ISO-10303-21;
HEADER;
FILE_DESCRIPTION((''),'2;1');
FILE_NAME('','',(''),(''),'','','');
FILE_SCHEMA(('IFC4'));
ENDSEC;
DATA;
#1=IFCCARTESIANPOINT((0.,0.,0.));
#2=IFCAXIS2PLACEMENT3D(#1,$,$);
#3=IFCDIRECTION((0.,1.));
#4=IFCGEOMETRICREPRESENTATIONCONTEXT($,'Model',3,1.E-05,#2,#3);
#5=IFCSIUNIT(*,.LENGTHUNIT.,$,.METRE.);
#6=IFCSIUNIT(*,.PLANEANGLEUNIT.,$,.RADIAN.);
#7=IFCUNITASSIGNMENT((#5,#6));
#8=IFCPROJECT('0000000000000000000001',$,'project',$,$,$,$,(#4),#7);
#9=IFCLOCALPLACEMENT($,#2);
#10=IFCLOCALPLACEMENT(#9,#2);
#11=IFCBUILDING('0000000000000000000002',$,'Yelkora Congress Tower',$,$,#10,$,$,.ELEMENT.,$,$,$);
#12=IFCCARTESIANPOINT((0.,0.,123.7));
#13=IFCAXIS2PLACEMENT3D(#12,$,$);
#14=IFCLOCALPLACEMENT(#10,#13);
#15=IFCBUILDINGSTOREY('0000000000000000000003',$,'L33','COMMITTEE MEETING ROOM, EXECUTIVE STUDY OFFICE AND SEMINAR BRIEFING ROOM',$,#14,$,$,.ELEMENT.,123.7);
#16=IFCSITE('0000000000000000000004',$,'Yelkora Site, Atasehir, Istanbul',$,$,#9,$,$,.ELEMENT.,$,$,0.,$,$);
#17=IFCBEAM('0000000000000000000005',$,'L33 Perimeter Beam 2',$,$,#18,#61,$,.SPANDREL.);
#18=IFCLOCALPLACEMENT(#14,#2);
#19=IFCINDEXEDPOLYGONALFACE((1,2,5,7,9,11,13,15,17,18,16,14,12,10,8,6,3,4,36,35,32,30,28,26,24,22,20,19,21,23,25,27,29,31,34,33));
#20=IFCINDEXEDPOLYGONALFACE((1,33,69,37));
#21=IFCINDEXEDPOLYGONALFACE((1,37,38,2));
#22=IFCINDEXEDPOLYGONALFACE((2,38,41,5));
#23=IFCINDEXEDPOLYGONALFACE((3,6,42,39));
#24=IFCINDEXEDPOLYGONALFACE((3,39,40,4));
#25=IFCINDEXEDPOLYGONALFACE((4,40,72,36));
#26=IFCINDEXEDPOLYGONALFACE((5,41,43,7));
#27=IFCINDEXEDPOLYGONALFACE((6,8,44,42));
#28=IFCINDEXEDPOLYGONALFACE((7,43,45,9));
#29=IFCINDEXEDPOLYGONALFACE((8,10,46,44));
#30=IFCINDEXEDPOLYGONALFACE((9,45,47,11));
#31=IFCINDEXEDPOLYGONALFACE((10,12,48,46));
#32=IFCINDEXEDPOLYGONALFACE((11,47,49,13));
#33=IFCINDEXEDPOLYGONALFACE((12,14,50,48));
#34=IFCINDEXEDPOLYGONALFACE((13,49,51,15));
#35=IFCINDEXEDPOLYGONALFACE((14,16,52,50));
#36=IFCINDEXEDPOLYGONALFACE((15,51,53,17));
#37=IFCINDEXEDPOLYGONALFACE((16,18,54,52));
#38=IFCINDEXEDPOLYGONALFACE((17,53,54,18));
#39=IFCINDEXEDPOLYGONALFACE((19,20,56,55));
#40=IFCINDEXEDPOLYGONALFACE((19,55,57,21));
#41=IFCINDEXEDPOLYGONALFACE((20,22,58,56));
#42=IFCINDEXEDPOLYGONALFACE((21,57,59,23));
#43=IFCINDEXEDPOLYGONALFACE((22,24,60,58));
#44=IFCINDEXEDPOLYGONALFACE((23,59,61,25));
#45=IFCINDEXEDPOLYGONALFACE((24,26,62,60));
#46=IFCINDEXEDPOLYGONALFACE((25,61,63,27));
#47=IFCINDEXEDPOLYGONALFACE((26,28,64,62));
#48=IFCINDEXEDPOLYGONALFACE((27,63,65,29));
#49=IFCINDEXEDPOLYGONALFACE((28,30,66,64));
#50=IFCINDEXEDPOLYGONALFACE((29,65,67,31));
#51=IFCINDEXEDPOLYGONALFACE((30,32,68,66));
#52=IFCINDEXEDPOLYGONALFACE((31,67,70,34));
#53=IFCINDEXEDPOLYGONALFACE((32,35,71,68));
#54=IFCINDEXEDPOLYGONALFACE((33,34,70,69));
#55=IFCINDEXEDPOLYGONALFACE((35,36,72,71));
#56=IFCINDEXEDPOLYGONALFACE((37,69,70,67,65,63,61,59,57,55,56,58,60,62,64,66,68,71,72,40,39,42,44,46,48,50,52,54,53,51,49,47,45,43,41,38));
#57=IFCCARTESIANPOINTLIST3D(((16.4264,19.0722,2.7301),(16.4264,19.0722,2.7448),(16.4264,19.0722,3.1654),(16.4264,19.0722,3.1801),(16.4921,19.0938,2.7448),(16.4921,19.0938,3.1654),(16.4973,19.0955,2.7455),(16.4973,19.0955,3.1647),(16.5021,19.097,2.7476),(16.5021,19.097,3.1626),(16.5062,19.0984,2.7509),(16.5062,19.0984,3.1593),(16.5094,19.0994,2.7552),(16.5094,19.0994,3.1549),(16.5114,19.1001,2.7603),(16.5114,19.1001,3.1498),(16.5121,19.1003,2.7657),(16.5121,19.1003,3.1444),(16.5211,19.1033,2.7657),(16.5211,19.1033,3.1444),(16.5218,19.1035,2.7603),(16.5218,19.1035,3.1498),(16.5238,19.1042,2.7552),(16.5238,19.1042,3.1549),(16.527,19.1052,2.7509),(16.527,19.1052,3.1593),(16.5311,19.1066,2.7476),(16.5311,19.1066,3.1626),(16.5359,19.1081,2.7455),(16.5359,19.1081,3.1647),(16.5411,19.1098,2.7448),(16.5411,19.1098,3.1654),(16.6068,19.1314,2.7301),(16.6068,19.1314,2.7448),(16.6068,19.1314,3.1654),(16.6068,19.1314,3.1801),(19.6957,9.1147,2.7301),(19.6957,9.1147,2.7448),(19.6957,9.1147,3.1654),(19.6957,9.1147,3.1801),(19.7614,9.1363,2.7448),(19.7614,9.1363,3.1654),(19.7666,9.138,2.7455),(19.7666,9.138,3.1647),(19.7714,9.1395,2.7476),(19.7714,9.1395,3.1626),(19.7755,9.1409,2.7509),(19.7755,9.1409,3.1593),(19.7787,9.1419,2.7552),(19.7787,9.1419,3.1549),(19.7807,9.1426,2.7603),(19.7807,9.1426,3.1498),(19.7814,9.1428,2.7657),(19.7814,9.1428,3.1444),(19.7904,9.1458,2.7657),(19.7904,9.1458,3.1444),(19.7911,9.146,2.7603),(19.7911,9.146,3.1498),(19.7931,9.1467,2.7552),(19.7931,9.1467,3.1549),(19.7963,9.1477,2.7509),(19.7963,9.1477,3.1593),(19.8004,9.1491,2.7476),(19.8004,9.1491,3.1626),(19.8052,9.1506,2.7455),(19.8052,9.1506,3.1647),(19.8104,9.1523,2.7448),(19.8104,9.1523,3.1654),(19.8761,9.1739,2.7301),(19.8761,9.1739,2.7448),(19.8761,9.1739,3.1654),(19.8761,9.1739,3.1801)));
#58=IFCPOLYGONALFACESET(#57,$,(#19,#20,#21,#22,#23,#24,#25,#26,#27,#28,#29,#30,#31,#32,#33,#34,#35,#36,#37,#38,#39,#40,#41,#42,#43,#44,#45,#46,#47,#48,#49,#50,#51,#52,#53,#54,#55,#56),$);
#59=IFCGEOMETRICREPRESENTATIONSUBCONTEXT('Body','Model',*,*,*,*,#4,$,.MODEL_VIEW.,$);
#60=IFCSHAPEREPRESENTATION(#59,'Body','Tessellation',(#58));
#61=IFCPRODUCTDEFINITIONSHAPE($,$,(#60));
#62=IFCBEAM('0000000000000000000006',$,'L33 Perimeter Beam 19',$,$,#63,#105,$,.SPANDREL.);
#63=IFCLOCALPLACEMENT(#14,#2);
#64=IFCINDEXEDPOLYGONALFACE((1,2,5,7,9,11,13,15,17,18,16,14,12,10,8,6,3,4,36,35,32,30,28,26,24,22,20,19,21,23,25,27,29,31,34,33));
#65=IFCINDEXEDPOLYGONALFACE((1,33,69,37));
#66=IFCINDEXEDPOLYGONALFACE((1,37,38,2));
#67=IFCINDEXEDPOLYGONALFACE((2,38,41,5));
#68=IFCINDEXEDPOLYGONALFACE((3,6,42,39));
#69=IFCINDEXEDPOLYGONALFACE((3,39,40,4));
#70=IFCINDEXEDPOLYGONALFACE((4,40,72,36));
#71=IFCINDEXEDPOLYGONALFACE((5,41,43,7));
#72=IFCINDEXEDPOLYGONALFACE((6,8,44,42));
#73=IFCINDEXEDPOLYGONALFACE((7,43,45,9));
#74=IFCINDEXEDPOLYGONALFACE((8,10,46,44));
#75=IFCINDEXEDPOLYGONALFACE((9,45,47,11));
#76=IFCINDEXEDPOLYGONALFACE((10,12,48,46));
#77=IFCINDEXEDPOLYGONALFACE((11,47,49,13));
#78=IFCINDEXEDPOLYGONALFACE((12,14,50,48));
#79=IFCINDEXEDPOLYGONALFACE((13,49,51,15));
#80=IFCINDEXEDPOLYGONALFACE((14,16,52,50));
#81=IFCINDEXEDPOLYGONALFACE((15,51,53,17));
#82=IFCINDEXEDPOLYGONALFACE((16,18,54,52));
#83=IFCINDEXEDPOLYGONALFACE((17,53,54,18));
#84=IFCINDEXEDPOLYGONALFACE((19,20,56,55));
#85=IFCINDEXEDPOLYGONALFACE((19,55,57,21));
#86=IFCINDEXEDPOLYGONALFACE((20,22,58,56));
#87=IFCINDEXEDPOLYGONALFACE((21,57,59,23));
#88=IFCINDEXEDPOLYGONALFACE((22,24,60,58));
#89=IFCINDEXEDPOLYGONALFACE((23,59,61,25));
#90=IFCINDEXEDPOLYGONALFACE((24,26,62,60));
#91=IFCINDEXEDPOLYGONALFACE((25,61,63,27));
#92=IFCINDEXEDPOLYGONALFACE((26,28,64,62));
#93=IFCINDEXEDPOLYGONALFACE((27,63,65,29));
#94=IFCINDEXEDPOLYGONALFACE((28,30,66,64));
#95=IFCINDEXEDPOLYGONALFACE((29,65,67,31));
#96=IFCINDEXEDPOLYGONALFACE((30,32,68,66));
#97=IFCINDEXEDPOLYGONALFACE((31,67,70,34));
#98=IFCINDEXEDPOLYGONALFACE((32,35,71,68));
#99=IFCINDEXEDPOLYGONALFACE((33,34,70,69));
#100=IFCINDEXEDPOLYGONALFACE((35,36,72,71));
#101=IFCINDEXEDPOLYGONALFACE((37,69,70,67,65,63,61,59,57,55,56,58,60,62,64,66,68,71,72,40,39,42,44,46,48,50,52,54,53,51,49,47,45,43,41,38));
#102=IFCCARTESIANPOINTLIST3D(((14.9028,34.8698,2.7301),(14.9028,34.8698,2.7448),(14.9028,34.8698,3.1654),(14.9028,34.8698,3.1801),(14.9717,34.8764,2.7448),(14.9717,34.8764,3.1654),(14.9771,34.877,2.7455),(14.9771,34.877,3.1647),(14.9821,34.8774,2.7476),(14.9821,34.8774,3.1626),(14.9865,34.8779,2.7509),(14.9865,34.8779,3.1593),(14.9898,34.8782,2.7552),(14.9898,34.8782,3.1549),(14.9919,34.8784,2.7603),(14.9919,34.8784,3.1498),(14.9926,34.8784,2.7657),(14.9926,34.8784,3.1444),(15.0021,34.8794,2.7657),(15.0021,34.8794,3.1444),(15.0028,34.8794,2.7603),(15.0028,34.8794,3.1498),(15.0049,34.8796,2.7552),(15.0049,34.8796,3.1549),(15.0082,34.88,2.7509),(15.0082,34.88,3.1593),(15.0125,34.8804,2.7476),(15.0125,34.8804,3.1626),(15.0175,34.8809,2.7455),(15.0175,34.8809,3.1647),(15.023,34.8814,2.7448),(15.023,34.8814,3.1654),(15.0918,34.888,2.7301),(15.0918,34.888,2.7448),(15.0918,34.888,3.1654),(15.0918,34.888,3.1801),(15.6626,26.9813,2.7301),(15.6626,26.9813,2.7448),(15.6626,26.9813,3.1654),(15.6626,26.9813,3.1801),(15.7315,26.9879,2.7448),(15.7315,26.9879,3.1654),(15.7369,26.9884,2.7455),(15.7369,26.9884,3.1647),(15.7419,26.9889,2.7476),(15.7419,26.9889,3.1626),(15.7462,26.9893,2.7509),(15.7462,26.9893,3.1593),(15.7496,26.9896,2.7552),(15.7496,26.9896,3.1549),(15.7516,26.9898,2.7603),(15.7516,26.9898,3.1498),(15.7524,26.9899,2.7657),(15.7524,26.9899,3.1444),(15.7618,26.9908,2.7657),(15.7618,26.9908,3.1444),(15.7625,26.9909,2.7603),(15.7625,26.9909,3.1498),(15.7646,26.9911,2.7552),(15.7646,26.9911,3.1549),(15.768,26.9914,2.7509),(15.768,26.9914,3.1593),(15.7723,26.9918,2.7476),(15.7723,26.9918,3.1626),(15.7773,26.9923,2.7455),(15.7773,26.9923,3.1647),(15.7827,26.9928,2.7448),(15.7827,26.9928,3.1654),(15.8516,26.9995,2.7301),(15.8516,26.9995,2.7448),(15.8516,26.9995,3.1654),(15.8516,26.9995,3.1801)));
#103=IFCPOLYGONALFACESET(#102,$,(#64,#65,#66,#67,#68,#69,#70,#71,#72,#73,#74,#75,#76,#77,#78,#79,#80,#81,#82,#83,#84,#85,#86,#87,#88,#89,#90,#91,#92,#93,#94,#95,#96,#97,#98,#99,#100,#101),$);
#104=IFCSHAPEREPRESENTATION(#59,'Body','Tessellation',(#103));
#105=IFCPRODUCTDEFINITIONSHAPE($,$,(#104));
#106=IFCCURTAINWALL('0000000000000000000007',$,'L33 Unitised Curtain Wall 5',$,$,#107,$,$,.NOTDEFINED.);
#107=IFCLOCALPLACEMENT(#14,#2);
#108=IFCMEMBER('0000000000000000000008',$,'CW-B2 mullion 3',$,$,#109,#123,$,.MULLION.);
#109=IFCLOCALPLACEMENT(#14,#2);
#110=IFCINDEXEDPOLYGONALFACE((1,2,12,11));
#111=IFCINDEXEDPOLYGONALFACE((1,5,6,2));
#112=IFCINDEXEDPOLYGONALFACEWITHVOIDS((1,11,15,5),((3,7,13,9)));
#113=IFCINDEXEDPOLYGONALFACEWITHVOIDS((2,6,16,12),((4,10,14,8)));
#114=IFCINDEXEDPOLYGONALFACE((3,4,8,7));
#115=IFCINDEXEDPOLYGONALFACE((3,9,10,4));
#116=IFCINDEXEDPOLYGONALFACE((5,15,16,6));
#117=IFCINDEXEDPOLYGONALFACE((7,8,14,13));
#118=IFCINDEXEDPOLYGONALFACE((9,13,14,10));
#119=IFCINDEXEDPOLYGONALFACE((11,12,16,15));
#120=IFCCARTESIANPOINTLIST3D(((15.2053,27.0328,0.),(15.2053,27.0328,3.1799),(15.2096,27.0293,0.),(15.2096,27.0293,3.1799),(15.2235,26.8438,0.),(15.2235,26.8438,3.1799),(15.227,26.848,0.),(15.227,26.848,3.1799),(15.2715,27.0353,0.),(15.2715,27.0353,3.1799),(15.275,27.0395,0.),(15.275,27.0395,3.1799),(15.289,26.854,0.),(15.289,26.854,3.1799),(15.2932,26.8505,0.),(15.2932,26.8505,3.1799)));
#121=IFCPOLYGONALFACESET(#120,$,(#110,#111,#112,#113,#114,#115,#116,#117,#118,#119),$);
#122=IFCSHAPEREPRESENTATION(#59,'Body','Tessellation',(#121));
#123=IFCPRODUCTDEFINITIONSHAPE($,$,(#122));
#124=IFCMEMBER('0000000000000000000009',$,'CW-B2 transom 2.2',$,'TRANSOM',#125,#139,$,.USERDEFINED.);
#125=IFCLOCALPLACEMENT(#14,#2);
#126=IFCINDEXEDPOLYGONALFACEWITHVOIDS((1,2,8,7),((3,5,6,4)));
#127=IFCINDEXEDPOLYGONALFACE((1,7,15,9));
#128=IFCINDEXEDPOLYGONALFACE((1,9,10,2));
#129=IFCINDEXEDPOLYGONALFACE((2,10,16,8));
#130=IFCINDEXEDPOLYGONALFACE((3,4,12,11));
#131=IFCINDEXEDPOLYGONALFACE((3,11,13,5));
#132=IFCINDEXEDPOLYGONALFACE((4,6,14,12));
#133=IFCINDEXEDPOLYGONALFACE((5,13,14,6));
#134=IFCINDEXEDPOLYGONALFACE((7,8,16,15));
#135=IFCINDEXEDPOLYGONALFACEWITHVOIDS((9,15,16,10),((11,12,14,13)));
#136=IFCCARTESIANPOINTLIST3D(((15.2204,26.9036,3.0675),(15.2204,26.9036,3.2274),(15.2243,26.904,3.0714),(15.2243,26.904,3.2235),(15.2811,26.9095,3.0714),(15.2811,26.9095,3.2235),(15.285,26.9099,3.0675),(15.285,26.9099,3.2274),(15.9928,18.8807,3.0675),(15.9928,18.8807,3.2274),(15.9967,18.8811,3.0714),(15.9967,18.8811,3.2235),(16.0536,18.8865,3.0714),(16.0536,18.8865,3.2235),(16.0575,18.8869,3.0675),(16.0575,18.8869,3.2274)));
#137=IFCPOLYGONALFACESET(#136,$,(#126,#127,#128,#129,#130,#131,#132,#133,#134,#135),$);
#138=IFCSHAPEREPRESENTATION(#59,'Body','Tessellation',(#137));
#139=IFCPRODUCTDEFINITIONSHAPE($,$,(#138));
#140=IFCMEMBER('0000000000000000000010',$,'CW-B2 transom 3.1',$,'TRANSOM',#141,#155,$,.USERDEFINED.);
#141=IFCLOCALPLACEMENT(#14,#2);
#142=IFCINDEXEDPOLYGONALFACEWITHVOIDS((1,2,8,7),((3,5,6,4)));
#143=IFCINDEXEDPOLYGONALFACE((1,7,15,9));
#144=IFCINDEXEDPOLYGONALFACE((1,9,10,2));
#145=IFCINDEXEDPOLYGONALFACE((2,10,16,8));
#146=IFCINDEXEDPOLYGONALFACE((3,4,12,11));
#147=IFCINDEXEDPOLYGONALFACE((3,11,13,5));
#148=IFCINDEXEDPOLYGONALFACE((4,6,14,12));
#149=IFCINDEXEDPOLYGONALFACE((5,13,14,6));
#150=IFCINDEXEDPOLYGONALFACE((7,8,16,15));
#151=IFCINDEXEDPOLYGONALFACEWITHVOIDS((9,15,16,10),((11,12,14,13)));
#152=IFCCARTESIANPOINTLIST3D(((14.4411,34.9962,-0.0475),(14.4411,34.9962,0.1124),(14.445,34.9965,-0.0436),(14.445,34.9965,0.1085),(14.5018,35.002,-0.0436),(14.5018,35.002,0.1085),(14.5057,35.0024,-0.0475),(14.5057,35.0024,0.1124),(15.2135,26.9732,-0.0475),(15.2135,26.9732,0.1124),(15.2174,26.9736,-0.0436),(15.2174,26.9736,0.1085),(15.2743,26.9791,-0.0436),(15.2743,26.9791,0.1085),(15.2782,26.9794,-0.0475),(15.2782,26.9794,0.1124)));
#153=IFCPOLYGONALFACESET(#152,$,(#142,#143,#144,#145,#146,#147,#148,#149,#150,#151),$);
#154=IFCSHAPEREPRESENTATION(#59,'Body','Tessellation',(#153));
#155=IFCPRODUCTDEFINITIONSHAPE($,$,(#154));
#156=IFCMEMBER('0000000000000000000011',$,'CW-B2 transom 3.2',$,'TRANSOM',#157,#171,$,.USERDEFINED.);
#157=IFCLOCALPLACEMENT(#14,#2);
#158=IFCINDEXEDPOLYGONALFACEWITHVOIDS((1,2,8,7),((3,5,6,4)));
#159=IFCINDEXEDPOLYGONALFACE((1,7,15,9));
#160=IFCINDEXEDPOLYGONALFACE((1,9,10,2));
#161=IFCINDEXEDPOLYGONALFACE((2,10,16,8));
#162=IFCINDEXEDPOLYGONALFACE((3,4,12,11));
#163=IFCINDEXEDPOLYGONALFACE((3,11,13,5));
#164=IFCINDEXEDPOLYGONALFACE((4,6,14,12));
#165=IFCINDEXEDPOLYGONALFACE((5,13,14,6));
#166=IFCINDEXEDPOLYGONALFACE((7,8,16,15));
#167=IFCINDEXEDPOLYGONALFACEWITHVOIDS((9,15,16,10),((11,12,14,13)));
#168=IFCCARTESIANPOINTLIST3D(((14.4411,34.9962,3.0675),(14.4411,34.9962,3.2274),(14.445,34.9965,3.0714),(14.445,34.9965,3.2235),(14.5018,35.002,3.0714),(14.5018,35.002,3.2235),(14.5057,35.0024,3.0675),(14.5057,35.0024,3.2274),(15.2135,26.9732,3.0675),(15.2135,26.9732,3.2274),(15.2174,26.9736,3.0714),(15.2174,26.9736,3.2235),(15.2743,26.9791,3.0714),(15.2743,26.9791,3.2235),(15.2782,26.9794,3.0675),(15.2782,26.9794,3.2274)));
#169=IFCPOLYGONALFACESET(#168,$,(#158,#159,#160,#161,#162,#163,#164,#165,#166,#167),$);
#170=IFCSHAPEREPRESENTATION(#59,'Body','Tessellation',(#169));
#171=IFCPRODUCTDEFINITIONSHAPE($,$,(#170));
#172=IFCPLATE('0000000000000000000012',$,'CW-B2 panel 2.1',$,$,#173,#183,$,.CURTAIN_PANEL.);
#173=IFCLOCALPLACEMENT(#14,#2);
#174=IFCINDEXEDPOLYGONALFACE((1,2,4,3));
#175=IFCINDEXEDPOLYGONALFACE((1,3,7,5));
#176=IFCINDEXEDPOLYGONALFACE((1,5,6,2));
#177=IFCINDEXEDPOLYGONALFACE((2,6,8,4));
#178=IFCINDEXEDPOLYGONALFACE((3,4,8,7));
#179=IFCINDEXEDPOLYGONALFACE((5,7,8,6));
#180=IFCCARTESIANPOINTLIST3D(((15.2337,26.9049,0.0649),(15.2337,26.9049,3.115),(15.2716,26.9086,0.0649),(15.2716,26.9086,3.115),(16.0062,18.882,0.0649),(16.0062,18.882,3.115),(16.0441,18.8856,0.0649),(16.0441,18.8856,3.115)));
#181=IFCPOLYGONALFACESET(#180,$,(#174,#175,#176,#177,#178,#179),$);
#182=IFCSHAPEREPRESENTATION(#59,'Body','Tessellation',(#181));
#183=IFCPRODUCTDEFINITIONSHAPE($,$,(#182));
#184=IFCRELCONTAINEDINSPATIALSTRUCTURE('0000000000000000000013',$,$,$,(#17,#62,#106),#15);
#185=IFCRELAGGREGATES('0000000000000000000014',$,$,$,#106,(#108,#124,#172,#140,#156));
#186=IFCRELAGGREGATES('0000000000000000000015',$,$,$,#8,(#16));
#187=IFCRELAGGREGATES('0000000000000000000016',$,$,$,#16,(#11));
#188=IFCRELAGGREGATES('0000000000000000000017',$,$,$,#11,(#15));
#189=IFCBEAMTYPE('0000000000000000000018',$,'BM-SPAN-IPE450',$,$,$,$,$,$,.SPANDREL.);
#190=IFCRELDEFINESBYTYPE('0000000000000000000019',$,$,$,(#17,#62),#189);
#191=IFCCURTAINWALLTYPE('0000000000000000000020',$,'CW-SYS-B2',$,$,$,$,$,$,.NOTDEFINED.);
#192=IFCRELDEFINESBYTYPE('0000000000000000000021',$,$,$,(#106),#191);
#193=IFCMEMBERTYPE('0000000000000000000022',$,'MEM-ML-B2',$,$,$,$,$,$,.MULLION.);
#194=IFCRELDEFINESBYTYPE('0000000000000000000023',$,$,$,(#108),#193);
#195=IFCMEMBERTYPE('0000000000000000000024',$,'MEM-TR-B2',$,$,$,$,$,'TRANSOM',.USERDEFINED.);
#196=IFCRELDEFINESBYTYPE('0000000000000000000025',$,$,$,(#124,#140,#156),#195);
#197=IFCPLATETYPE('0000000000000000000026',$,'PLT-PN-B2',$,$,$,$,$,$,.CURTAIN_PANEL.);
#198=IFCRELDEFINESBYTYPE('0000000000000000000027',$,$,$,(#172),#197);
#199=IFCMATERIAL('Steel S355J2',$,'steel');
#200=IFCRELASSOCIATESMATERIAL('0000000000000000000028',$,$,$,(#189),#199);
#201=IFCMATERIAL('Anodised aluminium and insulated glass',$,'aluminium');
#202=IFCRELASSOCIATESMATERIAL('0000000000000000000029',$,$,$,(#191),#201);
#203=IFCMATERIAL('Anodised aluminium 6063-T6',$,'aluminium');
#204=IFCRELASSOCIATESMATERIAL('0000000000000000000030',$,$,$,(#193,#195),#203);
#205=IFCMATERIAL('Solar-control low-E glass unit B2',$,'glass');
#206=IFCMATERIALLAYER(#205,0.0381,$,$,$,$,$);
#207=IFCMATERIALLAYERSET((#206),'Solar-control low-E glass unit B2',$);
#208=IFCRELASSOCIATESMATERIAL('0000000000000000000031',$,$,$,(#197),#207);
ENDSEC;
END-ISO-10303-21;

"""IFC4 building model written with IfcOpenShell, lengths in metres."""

from ifc_helpers import new_model, si_unit, direction, frame, origin, origin_2d, place, context, subcontext, project, spatial, rectangle, hollow_rectangle, i_section, extrude, material, layer, layer_set, material_profile, profile_set, type_object, element, aggregate, save


model = new_model("IFC4")

# Units and contexts
model_context = context("Model", 3, precision=1e-05, world=origin(), true_north=direction((0.0, 1.0)))
body_context = subcontext(model_context, "Body", "Model", "MODEL_VIEW")
ifc_project = project(units=[si_unit("LENGTHUNIT", "METRE"), si_unit("PLANEANGLEUNIT", "RADIAN")], contexts=[model_context])

# Site, building, storey
site_placement = place(None, origin())
site = spatial("IfcSite", under=ifc_project, at=site_placement, Name="Yelkora Site, Atasehir, Istanbul", CompositionType="ELEMENT", RefElevation=0.0)
building_placement = place(site_placement, origin())
building = spatial("IfcBuilding", under=site, at=building_placement, Name="Yelkora Congress Tower", CompositionType="ELEMENT")
storey_placement = place(building_placement, frame((0.0, 0.0, 123.7)))
storey = spatial("IfcBuildingStorey", under=building, at=storey_placement, Name="L33", Description="COMMITTEE MEETING ROOM, EXECUTIVE STUDY OFFICE AND SEMINAR BRIEFING ROOM", CompositionType="ELEMENT", Elevation=123.7)

# Beams
ifc_material_1 = material(Name="Steel S355J2", Category="steel")
ifc_material_profile_1 = material_profile(ifc_material_1, i_section(OverallWidth=0.1899, OverallDepth=0.45, WebThickness=0.0095, FlangeThickness=0.0146, FilletRadius=0.021, at=origin_2d()), Name="IPE 450")
ifc_profile_set_1 = profile_set([ifc_material_profile_1], Name="Steel S355J2")
beam_type_1 = type_object("IfcBeamType", Name="BM-SPAN-IPE450", PredefinedType="SPANDREL", material=ifc_profile_set_1)
beam_1_placement = place(storey_placement, frame((16.5166, 19.1018, 2.9551), z_axis=(0.311941, -0.950102, 0.0), x_axis=(0.950102, 0.311941, 0.0)))
element("IfcBeam", 1, at=beam_1_placement, inside=storey, type_object=beam_type_1, Name="L33 Perimeter Beam 2", PredefinedType="SPANDREL", context=body_context, shape_type="SweptSolid", body=[
    extrude(i_section(OverallWidth=0.1899, OverallDepth=0.45, WebThickness=0.0095, FlangeThickness=0.0146, FilletRadius=0.021, at=origin_2d()), origin(), (0.0, 0.0, 1.0), 10.4805),
])
beam_2_placement = place(storey_placement, frame((14.9973, 34.8789, 2.9551), z_axis=(0.09587, -0.995394, 0.0), x_axis=(0.995394, 0.09587, 0.0)))
element("IfcBeam", 2, at=beam_2_placement, inside=storey, type_object=beam_type_1, Name="L33 Perimeter Beam 19", PredefinedType="SPANDREL", context=body_context, shape_type="SweptSolid", body=[
    extrude(i_section(OverallWidth=0.1899, OverallDepth=0.45, WebThickness=0.0095, FlangeThickness=0.0146, FilletRadius=0.021, at=origin_2d()), origin(), (0.0, 0.0, 1.0), 7.925),
])

# Curtain wall, members, plate
ifc_material_2 = material(Name="Anodised aluminium and insulated glass", Category="aluminium")
curtain_wall_type = type_object("IfcCurtainWallType", Name="CW-SYS-B2", PredefinedType="NOTDEFINED", material=ifc_material_2)
curtain_wall_placement = place(storey_placement, origin())
curtain_wall = element("IfcCurtainWall", 3, at=curtain_wall_placement, inside=storey, type_object=curtain_wall_type, Name="L33 Unitised Curtain Wall 5", PredefinedType="NOTDEFINED")
ifc_material_3 = material(Name="Anodised aluminium 6063-T6", Category="aluminium")
ifc_material_profile_2 = material_profile(ifc_material_3, hollow_rectangle(XDim=0.0701, YDim=0.1899, WallThickness=0.0039, at=origin_2d()), Name="ALU 70x190x4")
ifc_profile_set_2 = profile_set([ifc_material_profile_2], Name="Anodised aluminium 6063-T6")
member_type_1 = type_object("IfcMemberType", Name="MEM-ML-B2", PredefinedType="MULLION", material=ifc_profile_set_2)
member_1_placement = place(storey_placement, frame((15.2493, 26.9417, 0.0), z_axis=(0.0, 0.0, 1.0), x_axis=(-0.995397, -0.095843, 0.0)))
member_1 = element("IfcMember", 4, at=member_1_placement, type_object=member_type_1, Name="CW-B2 mullion 3", PredefinedType="MULLION", context=body_context, shape_type="SweptSolid", body=[
    extrude(hollow_rectangle(XDim=0.0701, YDim=0.1899, WallThickness=0.0039, at=origin_2d()), origin(), (0.0, 0.0, 1.0), 3.1799),
])
ifc_material_profile_3 = material_profile(ifc_material_3, hollow_rectangle(XDim=0.0649, YDim=0.1599, WallThickness=0.0039, at=origin_2d()), Name="ALU 65x160x4")
ifc_profile_set_3 = profile_set([ifc_material_profile_3], Name="Anodised aluminium 6063-T6")
member_type_2 = type_object("IfcMemberType", Name="MEM-TR-B2", ElementType="TRANSOM", PredefinedType="USERDEFINED", material=ifc_profile_set_3)
member_2_placement = place(storey_placement, frame((16.0251, 18.8838, 3.1475), z_axis=(-0.095838, 0.995397, 0.0), x_axis=(-0.995397, -0.095838, 0.0)))
member_2 = element("IfcMember", 5, at=member_2_placement, type_object=member_type_2, Name="CW-B2 transom 2.2", ObjectType="TRANSOM", PredefinedType="USERDEFINED", context=body_context, shape_type="SweptSolid", body=[
    extrude(hollow_rectangle(XDim=0.0649, YDim=0.1599, WallThickness=0.0039, at=origin_2d()), origin(), (0.0, 0.0, 1.0), 8.0601),
])
member_3_placement = place(storey_placement, frame((15.2458, 26.9763, 0.0325), z_axis=(-0.095838, 0.995397, 0.0), x_axis=(-0.995397, -0.095838, 0.0)))
member_3 = element("IfcMember", 6, at=member_3_placement, type_object=member_type_2, Name="CW-B2 transom 3.1", ObjectType="TRANSOM", PredefinedType="USERDEFINED", context=body_context, shape_type="SweptSolid", body=[
    extrude(hollow_rectangle(XDim=0.0649, YDim=0.1599, WallThickness=0.0039, at=origin_2d()), origin(), (0.0, 0.0, 1.0), 8.0601),
])
member_4_placement = place(storey_placement, frame((15.2458, 26.9763, 3.1475), z_axis=(-0.095838, 0.995397, 0.0), x_axis=(-0.995397, -0.095838, 0.0)))
member_4 = element("IfcMember", 7, at=member_4_placement, type_object=member_type_2, Name="CW-B2 transom 3.2", ObjectType="TRANSOM", PredefinedType="USERDEFINED", context=body_context, shape_type="SweptSolid", body=[
    extrude(hollow_rectangle(XDim=0.0649, YDim=0.1599, WallThickness=0.0039, at=origin_2d()), origin(), (0.0, 0.0, 1.0), 8.0601),
])
ifc_material_4 = material(Name="Solar-control low-E glass unit B2", Category="glass")
ifc_layer_1 = layer(ifc_material_4, 0.0381)
ifc_layer_set_1 = layer_set([ifc_layer_1], Name="Solar-control low-E glass unit B2")
plate_type = type_object("IfcPlateType", Name="PLT-PN-B2", PredefinedType="CURTAIN_PANEL", material=ifc_layer_set_1)
plate_1_placement = place(storey_placement, frame((15.6389, 22.8953, 0.0649), z_axis=(0.0, 0.0, 1.0), x_axis=(-0.095843, 0.995397, 0.0)))
plate_1 = element("IfcPlate", 8, at=plate_1_placement, type_object=plate_type, Name="CW-B2 panel 2.1", PredefinedType="CURTAIN_PANEL", context=body_context, shape_type="SweptSolid", body=[
    extrude(rectangle(XDim=8.0601, YDim=0.0381, at=origin_2d()), origin(), (0.0, 0.0, 1.0), 3.05),
])
aggregate(curtain_wall, [member_1, member_2, plate_1, member_3, member_4])

save(model, "model.ifc")
